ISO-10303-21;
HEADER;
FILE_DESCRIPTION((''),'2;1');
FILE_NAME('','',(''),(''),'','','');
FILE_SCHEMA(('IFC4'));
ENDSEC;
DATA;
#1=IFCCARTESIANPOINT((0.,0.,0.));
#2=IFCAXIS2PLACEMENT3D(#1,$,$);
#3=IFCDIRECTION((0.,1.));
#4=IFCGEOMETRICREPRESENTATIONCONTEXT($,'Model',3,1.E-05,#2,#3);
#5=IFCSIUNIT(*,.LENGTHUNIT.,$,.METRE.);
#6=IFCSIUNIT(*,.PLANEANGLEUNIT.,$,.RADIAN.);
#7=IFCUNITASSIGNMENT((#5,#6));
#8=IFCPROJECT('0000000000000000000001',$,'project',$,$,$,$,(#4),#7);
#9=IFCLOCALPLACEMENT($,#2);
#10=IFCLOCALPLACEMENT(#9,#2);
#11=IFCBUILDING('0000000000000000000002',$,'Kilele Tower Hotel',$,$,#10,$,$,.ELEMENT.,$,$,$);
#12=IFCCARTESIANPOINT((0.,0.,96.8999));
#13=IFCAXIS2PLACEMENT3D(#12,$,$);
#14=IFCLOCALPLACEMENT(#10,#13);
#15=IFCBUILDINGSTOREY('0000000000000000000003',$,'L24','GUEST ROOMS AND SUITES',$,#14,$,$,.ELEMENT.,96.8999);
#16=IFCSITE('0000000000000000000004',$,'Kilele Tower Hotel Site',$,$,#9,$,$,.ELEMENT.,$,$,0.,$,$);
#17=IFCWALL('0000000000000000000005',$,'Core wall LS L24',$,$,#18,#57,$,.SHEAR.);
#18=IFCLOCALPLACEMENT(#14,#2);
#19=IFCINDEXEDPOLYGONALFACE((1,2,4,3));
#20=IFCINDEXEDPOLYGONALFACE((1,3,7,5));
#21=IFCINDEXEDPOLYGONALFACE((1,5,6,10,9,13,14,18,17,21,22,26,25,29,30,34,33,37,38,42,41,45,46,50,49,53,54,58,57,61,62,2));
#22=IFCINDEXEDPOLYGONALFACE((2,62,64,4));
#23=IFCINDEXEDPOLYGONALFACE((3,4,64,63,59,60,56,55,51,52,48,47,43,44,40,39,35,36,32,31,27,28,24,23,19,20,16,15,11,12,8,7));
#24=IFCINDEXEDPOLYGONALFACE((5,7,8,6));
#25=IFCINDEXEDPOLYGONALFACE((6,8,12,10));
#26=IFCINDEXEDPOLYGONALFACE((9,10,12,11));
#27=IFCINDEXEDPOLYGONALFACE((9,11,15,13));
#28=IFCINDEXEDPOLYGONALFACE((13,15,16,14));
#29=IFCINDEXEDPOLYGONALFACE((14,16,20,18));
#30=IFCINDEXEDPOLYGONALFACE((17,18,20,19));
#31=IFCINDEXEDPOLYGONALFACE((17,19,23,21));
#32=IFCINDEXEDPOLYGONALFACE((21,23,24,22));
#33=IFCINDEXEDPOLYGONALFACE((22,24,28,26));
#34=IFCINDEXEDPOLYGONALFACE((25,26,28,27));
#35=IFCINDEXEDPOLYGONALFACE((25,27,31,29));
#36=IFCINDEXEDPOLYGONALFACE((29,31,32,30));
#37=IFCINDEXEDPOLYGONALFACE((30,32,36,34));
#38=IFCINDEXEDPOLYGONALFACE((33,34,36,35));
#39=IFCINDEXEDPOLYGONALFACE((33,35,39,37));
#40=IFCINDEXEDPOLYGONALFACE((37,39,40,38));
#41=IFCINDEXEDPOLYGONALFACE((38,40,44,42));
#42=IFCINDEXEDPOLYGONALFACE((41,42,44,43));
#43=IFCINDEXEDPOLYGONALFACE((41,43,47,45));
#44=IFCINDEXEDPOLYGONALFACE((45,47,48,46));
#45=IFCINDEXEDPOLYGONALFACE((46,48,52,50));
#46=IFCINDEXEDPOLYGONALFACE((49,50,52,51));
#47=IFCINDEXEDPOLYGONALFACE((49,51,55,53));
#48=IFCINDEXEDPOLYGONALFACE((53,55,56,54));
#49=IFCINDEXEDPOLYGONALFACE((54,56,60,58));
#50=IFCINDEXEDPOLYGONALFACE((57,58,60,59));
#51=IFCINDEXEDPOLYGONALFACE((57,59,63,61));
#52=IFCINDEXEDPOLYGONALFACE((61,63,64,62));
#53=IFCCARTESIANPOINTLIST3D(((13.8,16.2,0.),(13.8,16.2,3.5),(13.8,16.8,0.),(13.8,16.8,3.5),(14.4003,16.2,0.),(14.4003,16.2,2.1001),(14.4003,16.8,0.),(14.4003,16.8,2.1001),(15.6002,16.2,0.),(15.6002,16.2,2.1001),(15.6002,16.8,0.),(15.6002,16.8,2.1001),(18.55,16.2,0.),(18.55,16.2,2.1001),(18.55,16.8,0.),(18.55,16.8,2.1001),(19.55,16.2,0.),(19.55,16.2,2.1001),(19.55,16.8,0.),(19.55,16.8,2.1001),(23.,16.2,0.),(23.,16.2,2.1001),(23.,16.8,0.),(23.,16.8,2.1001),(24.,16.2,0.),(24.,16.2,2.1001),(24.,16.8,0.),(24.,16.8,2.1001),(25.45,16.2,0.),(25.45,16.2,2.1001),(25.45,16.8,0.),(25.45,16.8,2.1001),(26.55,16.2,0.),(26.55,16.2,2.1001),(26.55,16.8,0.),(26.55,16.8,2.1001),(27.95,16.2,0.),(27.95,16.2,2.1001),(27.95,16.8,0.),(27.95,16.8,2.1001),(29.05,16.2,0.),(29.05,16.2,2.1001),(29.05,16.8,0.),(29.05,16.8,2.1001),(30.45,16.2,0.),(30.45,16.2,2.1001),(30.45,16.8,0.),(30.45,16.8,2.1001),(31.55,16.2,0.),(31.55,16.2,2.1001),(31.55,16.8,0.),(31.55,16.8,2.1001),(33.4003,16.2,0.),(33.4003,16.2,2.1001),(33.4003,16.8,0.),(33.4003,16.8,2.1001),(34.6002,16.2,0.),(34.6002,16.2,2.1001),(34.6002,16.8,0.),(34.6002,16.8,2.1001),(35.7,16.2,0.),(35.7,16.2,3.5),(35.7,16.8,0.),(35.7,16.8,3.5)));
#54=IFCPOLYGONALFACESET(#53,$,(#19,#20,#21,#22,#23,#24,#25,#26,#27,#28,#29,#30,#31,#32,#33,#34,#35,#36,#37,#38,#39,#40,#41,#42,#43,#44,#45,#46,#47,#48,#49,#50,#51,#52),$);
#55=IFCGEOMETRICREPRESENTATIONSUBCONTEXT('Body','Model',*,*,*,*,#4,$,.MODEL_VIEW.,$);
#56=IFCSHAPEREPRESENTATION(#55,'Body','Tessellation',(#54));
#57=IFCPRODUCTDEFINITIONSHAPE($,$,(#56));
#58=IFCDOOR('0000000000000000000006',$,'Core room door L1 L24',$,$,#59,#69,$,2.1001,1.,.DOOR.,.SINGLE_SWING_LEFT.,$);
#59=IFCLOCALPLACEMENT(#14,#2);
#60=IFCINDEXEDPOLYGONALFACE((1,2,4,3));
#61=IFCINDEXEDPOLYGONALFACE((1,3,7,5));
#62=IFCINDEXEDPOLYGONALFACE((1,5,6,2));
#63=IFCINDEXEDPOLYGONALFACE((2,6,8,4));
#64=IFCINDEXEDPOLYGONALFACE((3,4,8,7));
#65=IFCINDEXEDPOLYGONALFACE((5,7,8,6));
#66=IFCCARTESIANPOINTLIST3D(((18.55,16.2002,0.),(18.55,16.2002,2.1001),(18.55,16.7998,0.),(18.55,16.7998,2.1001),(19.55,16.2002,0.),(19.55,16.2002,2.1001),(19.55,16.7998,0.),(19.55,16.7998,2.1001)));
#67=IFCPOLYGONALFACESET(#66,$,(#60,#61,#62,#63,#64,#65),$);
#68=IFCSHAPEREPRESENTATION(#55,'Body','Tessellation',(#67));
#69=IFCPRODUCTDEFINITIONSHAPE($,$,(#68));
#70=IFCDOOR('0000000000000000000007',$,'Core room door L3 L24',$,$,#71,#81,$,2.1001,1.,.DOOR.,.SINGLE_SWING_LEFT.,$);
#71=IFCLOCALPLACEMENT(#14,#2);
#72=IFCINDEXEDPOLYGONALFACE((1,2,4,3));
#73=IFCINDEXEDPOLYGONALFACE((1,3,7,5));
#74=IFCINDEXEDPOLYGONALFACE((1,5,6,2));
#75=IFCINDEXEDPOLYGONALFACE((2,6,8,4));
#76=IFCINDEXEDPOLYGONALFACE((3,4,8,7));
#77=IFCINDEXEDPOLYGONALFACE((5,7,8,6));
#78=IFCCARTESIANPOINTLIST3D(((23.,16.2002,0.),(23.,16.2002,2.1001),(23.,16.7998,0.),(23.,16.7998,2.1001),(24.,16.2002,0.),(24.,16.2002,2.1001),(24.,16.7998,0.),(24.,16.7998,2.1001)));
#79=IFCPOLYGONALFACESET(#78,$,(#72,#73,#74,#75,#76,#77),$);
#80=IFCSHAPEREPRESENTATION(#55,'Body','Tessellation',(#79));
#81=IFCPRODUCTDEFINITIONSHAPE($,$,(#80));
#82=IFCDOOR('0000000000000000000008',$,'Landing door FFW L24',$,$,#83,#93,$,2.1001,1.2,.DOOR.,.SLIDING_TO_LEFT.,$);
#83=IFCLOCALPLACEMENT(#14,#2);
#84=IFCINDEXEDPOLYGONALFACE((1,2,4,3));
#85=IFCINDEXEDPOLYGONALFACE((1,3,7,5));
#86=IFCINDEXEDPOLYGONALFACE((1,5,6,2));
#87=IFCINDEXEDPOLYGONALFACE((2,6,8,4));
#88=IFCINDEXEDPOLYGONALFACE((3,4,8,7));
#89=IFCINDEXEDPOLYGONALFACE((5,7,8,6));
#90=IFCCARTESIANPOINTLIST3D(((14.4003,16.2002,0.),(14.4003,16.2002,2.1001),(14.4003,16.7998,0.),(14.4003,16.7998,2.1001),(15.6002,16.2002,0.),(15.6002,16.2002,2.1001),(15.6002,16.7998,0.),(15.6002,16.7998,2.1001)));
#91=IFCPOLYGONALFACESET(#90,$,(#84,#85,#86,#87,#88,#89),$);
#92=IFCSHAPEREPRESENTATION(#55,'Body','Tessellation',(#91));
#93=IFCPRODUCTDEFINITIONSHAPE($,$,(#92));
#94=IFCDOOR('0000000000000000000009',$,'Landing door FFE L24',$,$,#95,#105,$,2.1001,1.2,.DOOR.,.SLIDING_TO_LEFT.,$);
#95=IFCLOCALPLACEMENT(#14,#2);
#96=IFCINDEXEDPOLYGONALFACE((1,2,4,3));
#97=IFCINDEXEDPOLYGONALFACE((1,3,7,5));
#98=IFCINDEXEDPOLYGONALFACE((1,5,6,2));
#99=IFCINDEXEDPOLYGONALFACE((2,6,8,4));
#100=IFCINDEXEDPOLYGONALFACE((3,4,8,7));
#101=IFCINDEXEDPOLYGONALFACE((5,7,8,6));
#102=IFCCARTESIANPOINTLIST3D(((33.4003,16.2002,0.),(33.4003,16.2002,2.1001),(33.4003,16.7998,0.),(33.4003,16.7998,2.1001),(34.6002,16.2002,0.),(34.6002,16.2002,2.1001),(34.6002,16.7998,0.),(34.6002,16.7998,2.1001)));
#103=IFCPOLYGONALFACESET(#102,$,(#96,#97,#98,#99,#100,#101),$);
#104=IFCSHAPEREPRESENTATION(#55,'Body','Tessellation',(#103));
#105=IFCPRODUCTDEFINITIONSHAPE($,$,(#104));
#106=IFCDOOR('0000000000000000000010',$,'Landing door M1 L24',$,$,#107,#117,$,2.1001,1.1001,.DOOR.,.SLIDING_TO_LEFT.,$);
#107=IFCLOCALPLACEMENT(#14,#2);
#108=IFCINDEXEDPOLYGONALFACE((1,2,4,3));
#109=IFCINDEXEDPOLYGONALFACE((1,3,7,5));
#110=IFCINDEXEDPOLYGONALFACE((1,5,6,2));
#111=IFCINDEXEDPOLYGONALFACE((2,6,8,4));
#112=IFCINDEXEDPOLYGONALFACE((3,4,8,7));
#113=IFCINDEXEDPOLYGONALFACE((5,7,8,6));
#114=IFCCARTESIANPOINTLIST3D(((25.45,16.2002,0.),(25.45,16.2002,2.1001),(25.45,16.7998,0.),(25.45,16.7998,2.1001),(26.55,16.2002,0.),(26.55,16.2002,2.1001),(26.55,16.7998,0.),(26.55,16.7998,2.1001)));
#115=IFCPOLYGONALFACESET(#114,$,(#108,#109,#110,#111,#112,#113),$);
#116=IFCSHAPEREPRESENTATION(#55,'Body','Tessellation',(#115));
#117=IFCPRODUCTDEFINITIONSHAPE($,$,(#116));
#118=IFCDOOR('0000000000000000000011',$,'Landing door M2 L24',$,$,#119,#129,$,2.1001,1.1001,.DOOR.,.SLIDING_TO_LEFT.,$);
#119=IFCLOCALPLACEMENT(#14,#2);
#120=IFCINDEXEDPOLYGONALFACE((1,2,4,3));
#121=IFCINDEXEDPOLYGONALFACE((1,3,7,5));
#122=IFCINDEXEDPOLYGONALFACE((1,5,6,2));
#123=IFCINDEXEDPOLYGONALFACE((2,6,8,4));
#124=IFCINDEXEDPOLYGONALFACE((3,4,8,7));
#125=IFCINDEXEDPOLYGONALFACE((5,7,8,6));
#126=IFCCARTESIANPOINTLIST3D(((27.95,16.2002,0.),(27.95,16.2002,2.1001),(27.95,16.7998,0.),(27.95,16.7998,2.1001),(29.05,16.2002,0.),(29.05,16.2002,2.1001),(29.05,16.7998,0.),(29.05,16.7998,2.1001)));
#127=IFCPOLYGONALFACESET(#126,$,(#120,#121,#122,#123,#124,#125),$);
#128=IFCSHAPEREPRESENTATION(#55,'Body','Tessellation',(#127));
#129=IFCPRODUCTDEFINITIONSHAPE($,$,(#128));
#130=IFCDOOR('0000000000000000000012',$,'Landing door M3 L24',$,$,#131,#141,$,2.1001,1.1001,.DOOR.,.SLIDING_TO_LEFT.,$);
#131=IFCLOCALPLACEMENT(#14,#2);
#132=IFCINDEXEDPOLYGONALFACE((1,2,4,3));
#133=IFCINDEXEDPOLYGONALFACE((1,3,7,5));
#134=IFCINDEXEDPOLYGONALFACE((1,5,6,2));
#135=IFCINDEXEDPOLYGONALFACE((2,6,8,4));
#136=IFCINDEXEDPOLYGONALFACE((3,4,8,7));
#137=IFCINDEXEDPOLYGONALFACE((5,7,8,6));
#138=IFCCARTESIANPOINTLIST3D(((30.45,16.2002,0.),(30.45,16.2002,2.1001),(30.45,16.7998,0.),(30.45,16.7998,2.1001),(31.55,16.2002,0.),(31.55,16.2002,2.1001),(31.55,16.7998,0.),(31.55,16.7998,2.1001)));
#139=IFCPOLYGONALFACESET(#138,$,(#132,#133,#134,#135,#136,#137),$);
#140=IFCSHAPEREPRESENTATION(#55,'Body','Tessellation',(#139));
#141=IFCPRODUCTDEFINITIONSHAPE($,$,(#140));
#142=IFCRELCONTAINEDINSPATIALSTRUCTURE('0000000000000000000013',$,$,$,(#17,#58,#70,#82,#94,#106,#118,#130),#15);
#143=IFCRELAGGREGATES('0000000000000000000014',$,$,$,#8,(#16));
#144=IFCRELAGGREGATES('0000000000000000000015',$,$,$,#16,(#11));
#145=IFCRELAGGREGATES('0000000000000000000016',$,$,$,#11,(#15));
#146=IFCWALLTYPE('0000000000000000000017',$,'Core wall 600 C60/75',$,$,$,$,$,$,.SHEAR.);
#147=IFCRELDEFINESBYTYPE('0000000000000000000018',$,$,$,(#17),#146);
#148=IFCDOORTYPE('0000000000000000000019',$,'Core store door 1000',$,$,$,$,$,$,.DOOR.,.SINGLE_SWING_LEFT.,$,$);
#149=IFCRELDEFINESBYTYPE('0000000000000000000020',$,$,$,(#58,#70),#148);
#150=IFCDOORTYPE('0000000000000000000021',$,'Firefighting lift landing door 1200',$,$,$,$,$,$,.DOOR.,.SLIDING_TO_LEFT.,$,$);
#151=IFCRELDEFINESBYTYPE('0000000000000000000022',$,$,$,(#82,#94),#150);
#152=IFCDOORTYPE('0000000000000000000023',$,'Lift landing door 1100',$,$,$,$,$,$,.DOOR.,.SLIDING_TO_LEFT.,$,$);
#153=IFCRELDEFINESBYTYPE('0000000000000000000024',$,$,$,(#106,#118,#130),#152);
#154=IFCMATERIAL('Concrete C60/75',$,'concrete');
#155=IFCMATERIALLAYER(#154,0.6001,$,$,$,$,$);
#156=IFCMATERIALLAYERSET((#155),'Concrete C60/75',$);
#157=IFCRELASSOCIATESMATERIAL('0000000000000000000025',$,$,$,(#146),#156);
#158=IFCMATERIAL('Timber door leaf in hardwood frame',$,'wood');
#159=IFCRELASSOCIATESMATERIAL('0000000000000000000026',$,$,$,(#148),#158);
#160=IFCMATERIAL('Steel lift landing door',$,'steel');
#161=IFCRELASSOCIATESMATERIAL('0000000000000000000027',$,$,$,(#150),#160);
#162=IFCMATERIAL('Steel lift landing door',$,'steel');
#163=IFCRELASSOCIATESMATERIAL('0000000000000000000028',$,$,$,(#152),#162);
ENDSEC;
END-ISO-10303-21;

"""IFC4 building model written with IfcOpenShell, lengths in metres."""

from ifc_helpers import new_model, si_unit, direction, frame, frame_2d, origin, place, context, subcontext, project, spatial, rectangle, extrude, material, layer, layer_set, type_object, element, fill, save


model = new_model("IFC4")

# Units and contexts
model_context = context("Model", 3, precision=1e-05, world=origin(), true_north=direction((0.0, 1.0)))
body_context = subcontext(model_context, "Body", "Model", "MODEL_VIEW")
ifc_project = project(units=[si_unit("LENGTHUNIT", "METRE"), si_unit("PLANEANGLEUNIT", "RADIAN")], contexts=[model_context])

# Site, building, storey
site_placement = place(None, origin())
site = spatial("IfcSite", under=ifc_project, at=site_placement, Name="Kilele Tower Hotel Site", CompositionType="ELEMENT", RefElevation=0.0)
building_placement = place(site_placement, origin())
building = spatial("IfcBuilding", under=site, at=building_placement, Name="Kilele Tower Hotel", CompositionType="ELEMENT")
storey_placement = place(building_placement, frame((0.0, 0.0, 96.8999)))
storey = spatial("IfcBuildingStorey", under=building, at=storey_placement, Name="L24", Description="GUEST ROOMS AND SUITES", CompositionType="ELEMENT", Elevation=96.8999)

# Shared definitions
ifc_material_1 = material(Name="Concrete C60/75", Category="concrete")
ifc_layer_1 = layer(ifc_material_1, 0.6001)
ifc_layer_set_1 = layer_set([ifc_layer_1], Name="Concrete C60/75")
wall_type_1 = type_object("IfcWallType", Name="Core wall 600 C60/75", PredefinedType="SHEAR", material=ifc_layer_set_1)

# Wall, openings, doors
wall_1_placement = place(storey_placement, frame((13.8, 16.5, 0.0), z_axis=(0.0, 0.0, 1.0), x_axis=(1.0, 0.0, 0.0)))
wall_1 = element("IfcWall", 1, at=wall_1_placement, inside=storey, type_object=wall_type_1, Name="Core wall LS L24", PredefinedType="SHEAR", context=body_context, shape_type="SweptSolid", body=[
    extrude(rectangle(XDim=21.8999, YDim=0.6001, at=frame_2d((10.95, 0.0))), origin(), (0.0, 0.0, 1.0), 3.5),
])
opening_1_placement = place(wall_1_placement, frame((11.6499, 0.0, 0.0)))
opening_1 = element("IfcOpeningElement", 2, at=opening_1_placement, cuts=wall_1, PredefinedType="OPENING", context=body_context, shape_type="SweptSolid", body=[
    extrude(rectangle(XDim=1.1001, YDim=2.1001, at=frame_2d((0.55, 1.05))), frame((0.0, 0.3101, 0.0), z_axis=(0.0, -1.0, 0.0), x_axis=(1.0, 0.0, 0.0)), (0.0, 0.0, 1.0), 0.6201),
])
opening_2_placement = place(wall_1_placement, frame((14.1499, 0.0, 0.0)))
opening_2 = element("IfcOpeningElement", 3, at=opening_2_placement, cuts=wall_1, PredefinedType="OPENING", context=body_context, shape_type="SweptSolid", body=[
    extrude(rectangle(XDim=1.1001, YDim=2.1001, at=frame_2d((0.55, 1.05))), frame((0.0, 0.3101, 0.0), z_axis=(0.0, -1.0, 0.0), x_axis=(1.0, 0.0, 0.0)), (0.0, 0.0, 1.0), 0.6201),
])
opening_3_placement = place(wall_1_placement, frame((16.6499, 0.0, 0.0)))
opening_3 = element("IfcOpeningElement", 4, at=opening_3_placement, cuts=wall_1, PredefinedType="OPENING", context=body_context, shape_type="SweptSolid", body=[
    extrude(rectangle(XDim=1.1001, YDim=2.1001, at=frame_2d((0.55, 1.05))), frame((0.0, 0.3101, 0.0), z_axis=(0.0, -1.0, 0.0), x_axis=(1.0, 0.0, 0.0)), (0.0, 0.0, 1.0), 0.6201),
])
opening_4_placement = place(wall_1_placement, frame((5.75, 0.0, 0.0), z_axis=(0.0, 0.0, 1.0), x_axis=(-1.0, 0.0, 0.0)))
opening_4 = element("IfcOpeningElement", 5, at=opening_4_placement, cuts=wall_1, PredefinedType="OPENING", context=body_context, shape_type="SweptSolid", body=[
    extrude(rectangle(XDim=1.0, YDim=2.1001, at=frame_2d((0.5, 1.05))), frame((0.0, 0.3101, 0.0), z_axis=(0.0, -1.0, 0.0), x_axis=(1.0, 0.0, 0.0)), (0.0, 0.0, 1.0), 0.6201),
])
opening_5_placement = place(wall_1_placement, frame((10.2, 0.0, 0.0), z_axis=(0.0, 0.0, 1.0), x_axis=(-1.0, 0.0, 0.0)))
opening_5 = element("IfcOpeningElement", 6, at=opening_5_placement, cuts=wall_1, PredefinedType="OPENING", context=body_context, shape_type="SweptSolid", body=[
    extrude(rectangle(XDim=1.0, YDim=2.1001, at=frame_2d((0.5, 1.05))), frame((0.0, 0.3101, 0.0), z_axis=(0.0, -1.0, 0.0), x_axis=(1.0, 0.0, 0.0)), (0.0, 0.0, 1.0), 0.6201),
])
opening_6_placement = place(wall_1_placement, frame((0.6001, 0.0, 0.0)))
opening_6 = element("IfcOpeningElement", 7, at=opening_6_placement, cuts=wall_1, PredefinedType="OPENING", context=body_context, shape_type="SweptSolid", body=[
    extrude(rectangle(XDim=1.2, YDim=2.1001, at=frame_2d((0.6001, 1.05))), frame((0.0, 0.3101, 0.0), z_axis=(0.0, -1.0, 0.0), x_axis=(1.0, 0.0, 0.0)), (0.0, 0.0, 1.0), 0.6201),
])
opening_7_placement = place(wall_1_placement, frame((19.6001, 0.0, 0.0)))
opening_7 = element("IfcOpeningElement", 8, at=opening_7_placement, cuts=wall_1, PredefinedType="OPENING", context=body_context, shape_type="SweptSolid", body=[
    extrude(rectangle(XDim=1.2, YDim=2.1001, at=frame_2d((0.6001, 1.05))), frame((0.0, 0.3101, 0.0), z_axis=(0.0, -1.0, 0.0), x_axis=(1.0, 0.0, 0.0)), (0.0, 0.0, 1.0), 0.6201),
])
ifc_material_2 = material(Name="Timber door leaf in hardwood frame", Category="wood")
door_type_1 = type_object("IfcDoorType", Name="Core store door 1000", OperationType="SINGLE_SWING_LEFT", PredefinedType="DOOR", material=ifc_material_2)
door_1_placement = place(opening_4_placement, origin())
door_1 = element("IfcDoor", 9, at=door_1_placement, inside=storey, type_object=door_type_1, Name="Core room door L1 L24", OperationType="SINGLE_SWING_LEFT", OverallHeight=2.1001, OverallWidth=1.0, PredefinedType="DOOR", context=body_context, shape_type="SweptSolid", body=[
    extrude(rectangle(XDim=1.0, YDim=2.1001, at=frame_2d((0.5, 1.05))), frame((0.0, 0.2998, 0.0), z_axis=(0.0, -1.0, 0.0), x_axis=(1.0, 0.0, 0.0)), (0.0, 0.0, 1.0), 0.5996),
])
fill(opening_4, door_1)
door_2_placement = place(opening_5_placement, origin())
door_2 = element("IfcDoor", 10, at=door_2_placement, inside=storey, type_object=door_type_1, Name="Core room door L3 L24", OperationType="SINGLE_SWING_LEFT", OverallHeight=2.1001, OverallWidth=1.0, PredefinedType="DOOR", context=body_context, shape_type="SweptSolid", body=[
    extrude(rectangle(XDim=1.0, YDim=2.1001, at=frame_2d((0.5, 1.05))), frame((0.0, 0.2998, 0.0), z_axis=(0.0, -1.0, 0.0), x_axis=(1.0, 0.0, 0.0)), (0.0, 0.0, 1.0), 0.5996),
])
fill(opening_5, door_2)
ifc_material_3 = material(Name="Steel lift landing door", Category="steel")
door_type_2 = type_object("IfcDoorType", Name="Firefighting lift landing door 1200", OperationType="SLIDING_TO_LEFT", PredefinedType="DOOR", material=ifc_material_3)
door_3_placement = place(opening_6_placement, origin())
door_3 = element("IfcDoor", 11, at=door_3_placement, inside=storey, type_object=door_type_2, Name="Landing door FFW L24", OperationType="SLIDING_TO_LEFT", OverallHeight=2.1001, OverallWidth=1.2, PredefinedType="DOOR", context=body_context, shape_type="SweptSolid", body=[
    extrude(rectangle(XDim=1.2, YDim=2.1001, at=frame_2d((0.6001, 1.05))), frame((0.0, 0.2998, 0.0), z_axis=(0.0, -1.0, 0.0), x_axis=(1.0, 0.0, 0.0)), (0.0, 0.0, 1.0), 0.5996),
])
fill(opening_6, door_3)
door_4_placement = place(opening_7_placement, origin())
door_4 = element("IfcDoor", 12, at=door_4_placement, inside=storey, type_object=door_type_2, Name="Landing door FFE L24", OperationType="SLIDING_TO_LEFT", OverallHeight=2.1001, OverallWidth=1.2, PredefinedType="DOOR", context=body_context, shape_type="SweptSolid", body=[
    extrude(rectangle(XDim=1.2, YDim=2.1001, at=frame_2d((0.6001, 1.05))), frame((0.0, 0.2998, 0.0), z_axis=(0.0, -1.0, 0.0), x_axis=(1.0, 0.0, 0.0)), (0.0, 0.0, 1.0), 0.5996),
])
fill(opening_7, door_4)
ifc_material_4 = material(Name="Steel lift landing door", Category="steel")
door_type_3 = type_object("IfcDoorType", Name="Lift landing door 1100", OperationType="SLIDING_TO_LEFT", PredefinedType="DOOR", material=ifc_material_4)
door_5_placement = place(opening_1_placement, origin())
door_5 = element("IfcDoor", 13, at=door_5_placement, inside=storey, type_object=door_type_3, Name="Landing door M1 L24", OperationType="SLIDING_TO_LEFT", OverallHeight=2.1001, OverallWidth=1.1001, PredefinedType="DOOR", context=body_context, shape_type="SweptSolid", body=[
    extrude(rectangle(XDim=1.1001, YDim=2.1001, at=frame_2d((0.55, 1.05))), frame((0.0, 0.2998, 0.0), z_axis=(0.0, -1.0, 0.0), x_axis=(1.0, 0.0, 0.0)), (0.0, 0.0, 1.0), 0.5996),
])
fill(opening_1, door_5)
door_6_placement = place(opening_2_placement, origin())
door_6 = element("IfcDoor", 14, at=door_6_placement, inside=storey, type_object=door_type_3, Name="Landing door M2 L24", OperationType="SLIDING_TO_LEFT", OverallHeight=2.1001, OverallWidth=1.1001, PredefinedType="DOOR", context=body_context, shape_type="SweptSolid", body=[
    extrude(rectangle(XDim=1.1001, YDim=2.1001, at=frame_2d((0.55, 1.05))), frame((0.0, 0.2998, 0.0), z_axis=(0.0, -1.0, 0.0), x_axis=(1.0, 0.0, 0.0)), (0.0, 0.0, 1.0), 0.5996),
])
fill(opening_2, door_6)
door_7_placement = place(opening_3_placement, origin())
door_7 = element("IfcDoor", 15, at=door_7_placement, inside=storey, type_object=door_type_3, Name="Landing door M3 L24", OperationType="SLIDING_TO_LEFT", OverallHeight=2.1001, OverallWidth=1.1001, PredefinedType="DOOR", context=body_context, shape_type="SweptSolid", body=[
    extrude(rectangle(XDim=1.1001, YDim=2.1001, at=frame_2d((0.55, 1.05))), frame((0.0, 0.2998, 0.0), z_axis=(0.0, -1.0, 0.0), x_axis=(1.0, 0.0, 0.0)), (0.0, 0.0, 1.0), 0.5996),
])
fill(opening_3, door_7)

save(model, "model.ifc")
